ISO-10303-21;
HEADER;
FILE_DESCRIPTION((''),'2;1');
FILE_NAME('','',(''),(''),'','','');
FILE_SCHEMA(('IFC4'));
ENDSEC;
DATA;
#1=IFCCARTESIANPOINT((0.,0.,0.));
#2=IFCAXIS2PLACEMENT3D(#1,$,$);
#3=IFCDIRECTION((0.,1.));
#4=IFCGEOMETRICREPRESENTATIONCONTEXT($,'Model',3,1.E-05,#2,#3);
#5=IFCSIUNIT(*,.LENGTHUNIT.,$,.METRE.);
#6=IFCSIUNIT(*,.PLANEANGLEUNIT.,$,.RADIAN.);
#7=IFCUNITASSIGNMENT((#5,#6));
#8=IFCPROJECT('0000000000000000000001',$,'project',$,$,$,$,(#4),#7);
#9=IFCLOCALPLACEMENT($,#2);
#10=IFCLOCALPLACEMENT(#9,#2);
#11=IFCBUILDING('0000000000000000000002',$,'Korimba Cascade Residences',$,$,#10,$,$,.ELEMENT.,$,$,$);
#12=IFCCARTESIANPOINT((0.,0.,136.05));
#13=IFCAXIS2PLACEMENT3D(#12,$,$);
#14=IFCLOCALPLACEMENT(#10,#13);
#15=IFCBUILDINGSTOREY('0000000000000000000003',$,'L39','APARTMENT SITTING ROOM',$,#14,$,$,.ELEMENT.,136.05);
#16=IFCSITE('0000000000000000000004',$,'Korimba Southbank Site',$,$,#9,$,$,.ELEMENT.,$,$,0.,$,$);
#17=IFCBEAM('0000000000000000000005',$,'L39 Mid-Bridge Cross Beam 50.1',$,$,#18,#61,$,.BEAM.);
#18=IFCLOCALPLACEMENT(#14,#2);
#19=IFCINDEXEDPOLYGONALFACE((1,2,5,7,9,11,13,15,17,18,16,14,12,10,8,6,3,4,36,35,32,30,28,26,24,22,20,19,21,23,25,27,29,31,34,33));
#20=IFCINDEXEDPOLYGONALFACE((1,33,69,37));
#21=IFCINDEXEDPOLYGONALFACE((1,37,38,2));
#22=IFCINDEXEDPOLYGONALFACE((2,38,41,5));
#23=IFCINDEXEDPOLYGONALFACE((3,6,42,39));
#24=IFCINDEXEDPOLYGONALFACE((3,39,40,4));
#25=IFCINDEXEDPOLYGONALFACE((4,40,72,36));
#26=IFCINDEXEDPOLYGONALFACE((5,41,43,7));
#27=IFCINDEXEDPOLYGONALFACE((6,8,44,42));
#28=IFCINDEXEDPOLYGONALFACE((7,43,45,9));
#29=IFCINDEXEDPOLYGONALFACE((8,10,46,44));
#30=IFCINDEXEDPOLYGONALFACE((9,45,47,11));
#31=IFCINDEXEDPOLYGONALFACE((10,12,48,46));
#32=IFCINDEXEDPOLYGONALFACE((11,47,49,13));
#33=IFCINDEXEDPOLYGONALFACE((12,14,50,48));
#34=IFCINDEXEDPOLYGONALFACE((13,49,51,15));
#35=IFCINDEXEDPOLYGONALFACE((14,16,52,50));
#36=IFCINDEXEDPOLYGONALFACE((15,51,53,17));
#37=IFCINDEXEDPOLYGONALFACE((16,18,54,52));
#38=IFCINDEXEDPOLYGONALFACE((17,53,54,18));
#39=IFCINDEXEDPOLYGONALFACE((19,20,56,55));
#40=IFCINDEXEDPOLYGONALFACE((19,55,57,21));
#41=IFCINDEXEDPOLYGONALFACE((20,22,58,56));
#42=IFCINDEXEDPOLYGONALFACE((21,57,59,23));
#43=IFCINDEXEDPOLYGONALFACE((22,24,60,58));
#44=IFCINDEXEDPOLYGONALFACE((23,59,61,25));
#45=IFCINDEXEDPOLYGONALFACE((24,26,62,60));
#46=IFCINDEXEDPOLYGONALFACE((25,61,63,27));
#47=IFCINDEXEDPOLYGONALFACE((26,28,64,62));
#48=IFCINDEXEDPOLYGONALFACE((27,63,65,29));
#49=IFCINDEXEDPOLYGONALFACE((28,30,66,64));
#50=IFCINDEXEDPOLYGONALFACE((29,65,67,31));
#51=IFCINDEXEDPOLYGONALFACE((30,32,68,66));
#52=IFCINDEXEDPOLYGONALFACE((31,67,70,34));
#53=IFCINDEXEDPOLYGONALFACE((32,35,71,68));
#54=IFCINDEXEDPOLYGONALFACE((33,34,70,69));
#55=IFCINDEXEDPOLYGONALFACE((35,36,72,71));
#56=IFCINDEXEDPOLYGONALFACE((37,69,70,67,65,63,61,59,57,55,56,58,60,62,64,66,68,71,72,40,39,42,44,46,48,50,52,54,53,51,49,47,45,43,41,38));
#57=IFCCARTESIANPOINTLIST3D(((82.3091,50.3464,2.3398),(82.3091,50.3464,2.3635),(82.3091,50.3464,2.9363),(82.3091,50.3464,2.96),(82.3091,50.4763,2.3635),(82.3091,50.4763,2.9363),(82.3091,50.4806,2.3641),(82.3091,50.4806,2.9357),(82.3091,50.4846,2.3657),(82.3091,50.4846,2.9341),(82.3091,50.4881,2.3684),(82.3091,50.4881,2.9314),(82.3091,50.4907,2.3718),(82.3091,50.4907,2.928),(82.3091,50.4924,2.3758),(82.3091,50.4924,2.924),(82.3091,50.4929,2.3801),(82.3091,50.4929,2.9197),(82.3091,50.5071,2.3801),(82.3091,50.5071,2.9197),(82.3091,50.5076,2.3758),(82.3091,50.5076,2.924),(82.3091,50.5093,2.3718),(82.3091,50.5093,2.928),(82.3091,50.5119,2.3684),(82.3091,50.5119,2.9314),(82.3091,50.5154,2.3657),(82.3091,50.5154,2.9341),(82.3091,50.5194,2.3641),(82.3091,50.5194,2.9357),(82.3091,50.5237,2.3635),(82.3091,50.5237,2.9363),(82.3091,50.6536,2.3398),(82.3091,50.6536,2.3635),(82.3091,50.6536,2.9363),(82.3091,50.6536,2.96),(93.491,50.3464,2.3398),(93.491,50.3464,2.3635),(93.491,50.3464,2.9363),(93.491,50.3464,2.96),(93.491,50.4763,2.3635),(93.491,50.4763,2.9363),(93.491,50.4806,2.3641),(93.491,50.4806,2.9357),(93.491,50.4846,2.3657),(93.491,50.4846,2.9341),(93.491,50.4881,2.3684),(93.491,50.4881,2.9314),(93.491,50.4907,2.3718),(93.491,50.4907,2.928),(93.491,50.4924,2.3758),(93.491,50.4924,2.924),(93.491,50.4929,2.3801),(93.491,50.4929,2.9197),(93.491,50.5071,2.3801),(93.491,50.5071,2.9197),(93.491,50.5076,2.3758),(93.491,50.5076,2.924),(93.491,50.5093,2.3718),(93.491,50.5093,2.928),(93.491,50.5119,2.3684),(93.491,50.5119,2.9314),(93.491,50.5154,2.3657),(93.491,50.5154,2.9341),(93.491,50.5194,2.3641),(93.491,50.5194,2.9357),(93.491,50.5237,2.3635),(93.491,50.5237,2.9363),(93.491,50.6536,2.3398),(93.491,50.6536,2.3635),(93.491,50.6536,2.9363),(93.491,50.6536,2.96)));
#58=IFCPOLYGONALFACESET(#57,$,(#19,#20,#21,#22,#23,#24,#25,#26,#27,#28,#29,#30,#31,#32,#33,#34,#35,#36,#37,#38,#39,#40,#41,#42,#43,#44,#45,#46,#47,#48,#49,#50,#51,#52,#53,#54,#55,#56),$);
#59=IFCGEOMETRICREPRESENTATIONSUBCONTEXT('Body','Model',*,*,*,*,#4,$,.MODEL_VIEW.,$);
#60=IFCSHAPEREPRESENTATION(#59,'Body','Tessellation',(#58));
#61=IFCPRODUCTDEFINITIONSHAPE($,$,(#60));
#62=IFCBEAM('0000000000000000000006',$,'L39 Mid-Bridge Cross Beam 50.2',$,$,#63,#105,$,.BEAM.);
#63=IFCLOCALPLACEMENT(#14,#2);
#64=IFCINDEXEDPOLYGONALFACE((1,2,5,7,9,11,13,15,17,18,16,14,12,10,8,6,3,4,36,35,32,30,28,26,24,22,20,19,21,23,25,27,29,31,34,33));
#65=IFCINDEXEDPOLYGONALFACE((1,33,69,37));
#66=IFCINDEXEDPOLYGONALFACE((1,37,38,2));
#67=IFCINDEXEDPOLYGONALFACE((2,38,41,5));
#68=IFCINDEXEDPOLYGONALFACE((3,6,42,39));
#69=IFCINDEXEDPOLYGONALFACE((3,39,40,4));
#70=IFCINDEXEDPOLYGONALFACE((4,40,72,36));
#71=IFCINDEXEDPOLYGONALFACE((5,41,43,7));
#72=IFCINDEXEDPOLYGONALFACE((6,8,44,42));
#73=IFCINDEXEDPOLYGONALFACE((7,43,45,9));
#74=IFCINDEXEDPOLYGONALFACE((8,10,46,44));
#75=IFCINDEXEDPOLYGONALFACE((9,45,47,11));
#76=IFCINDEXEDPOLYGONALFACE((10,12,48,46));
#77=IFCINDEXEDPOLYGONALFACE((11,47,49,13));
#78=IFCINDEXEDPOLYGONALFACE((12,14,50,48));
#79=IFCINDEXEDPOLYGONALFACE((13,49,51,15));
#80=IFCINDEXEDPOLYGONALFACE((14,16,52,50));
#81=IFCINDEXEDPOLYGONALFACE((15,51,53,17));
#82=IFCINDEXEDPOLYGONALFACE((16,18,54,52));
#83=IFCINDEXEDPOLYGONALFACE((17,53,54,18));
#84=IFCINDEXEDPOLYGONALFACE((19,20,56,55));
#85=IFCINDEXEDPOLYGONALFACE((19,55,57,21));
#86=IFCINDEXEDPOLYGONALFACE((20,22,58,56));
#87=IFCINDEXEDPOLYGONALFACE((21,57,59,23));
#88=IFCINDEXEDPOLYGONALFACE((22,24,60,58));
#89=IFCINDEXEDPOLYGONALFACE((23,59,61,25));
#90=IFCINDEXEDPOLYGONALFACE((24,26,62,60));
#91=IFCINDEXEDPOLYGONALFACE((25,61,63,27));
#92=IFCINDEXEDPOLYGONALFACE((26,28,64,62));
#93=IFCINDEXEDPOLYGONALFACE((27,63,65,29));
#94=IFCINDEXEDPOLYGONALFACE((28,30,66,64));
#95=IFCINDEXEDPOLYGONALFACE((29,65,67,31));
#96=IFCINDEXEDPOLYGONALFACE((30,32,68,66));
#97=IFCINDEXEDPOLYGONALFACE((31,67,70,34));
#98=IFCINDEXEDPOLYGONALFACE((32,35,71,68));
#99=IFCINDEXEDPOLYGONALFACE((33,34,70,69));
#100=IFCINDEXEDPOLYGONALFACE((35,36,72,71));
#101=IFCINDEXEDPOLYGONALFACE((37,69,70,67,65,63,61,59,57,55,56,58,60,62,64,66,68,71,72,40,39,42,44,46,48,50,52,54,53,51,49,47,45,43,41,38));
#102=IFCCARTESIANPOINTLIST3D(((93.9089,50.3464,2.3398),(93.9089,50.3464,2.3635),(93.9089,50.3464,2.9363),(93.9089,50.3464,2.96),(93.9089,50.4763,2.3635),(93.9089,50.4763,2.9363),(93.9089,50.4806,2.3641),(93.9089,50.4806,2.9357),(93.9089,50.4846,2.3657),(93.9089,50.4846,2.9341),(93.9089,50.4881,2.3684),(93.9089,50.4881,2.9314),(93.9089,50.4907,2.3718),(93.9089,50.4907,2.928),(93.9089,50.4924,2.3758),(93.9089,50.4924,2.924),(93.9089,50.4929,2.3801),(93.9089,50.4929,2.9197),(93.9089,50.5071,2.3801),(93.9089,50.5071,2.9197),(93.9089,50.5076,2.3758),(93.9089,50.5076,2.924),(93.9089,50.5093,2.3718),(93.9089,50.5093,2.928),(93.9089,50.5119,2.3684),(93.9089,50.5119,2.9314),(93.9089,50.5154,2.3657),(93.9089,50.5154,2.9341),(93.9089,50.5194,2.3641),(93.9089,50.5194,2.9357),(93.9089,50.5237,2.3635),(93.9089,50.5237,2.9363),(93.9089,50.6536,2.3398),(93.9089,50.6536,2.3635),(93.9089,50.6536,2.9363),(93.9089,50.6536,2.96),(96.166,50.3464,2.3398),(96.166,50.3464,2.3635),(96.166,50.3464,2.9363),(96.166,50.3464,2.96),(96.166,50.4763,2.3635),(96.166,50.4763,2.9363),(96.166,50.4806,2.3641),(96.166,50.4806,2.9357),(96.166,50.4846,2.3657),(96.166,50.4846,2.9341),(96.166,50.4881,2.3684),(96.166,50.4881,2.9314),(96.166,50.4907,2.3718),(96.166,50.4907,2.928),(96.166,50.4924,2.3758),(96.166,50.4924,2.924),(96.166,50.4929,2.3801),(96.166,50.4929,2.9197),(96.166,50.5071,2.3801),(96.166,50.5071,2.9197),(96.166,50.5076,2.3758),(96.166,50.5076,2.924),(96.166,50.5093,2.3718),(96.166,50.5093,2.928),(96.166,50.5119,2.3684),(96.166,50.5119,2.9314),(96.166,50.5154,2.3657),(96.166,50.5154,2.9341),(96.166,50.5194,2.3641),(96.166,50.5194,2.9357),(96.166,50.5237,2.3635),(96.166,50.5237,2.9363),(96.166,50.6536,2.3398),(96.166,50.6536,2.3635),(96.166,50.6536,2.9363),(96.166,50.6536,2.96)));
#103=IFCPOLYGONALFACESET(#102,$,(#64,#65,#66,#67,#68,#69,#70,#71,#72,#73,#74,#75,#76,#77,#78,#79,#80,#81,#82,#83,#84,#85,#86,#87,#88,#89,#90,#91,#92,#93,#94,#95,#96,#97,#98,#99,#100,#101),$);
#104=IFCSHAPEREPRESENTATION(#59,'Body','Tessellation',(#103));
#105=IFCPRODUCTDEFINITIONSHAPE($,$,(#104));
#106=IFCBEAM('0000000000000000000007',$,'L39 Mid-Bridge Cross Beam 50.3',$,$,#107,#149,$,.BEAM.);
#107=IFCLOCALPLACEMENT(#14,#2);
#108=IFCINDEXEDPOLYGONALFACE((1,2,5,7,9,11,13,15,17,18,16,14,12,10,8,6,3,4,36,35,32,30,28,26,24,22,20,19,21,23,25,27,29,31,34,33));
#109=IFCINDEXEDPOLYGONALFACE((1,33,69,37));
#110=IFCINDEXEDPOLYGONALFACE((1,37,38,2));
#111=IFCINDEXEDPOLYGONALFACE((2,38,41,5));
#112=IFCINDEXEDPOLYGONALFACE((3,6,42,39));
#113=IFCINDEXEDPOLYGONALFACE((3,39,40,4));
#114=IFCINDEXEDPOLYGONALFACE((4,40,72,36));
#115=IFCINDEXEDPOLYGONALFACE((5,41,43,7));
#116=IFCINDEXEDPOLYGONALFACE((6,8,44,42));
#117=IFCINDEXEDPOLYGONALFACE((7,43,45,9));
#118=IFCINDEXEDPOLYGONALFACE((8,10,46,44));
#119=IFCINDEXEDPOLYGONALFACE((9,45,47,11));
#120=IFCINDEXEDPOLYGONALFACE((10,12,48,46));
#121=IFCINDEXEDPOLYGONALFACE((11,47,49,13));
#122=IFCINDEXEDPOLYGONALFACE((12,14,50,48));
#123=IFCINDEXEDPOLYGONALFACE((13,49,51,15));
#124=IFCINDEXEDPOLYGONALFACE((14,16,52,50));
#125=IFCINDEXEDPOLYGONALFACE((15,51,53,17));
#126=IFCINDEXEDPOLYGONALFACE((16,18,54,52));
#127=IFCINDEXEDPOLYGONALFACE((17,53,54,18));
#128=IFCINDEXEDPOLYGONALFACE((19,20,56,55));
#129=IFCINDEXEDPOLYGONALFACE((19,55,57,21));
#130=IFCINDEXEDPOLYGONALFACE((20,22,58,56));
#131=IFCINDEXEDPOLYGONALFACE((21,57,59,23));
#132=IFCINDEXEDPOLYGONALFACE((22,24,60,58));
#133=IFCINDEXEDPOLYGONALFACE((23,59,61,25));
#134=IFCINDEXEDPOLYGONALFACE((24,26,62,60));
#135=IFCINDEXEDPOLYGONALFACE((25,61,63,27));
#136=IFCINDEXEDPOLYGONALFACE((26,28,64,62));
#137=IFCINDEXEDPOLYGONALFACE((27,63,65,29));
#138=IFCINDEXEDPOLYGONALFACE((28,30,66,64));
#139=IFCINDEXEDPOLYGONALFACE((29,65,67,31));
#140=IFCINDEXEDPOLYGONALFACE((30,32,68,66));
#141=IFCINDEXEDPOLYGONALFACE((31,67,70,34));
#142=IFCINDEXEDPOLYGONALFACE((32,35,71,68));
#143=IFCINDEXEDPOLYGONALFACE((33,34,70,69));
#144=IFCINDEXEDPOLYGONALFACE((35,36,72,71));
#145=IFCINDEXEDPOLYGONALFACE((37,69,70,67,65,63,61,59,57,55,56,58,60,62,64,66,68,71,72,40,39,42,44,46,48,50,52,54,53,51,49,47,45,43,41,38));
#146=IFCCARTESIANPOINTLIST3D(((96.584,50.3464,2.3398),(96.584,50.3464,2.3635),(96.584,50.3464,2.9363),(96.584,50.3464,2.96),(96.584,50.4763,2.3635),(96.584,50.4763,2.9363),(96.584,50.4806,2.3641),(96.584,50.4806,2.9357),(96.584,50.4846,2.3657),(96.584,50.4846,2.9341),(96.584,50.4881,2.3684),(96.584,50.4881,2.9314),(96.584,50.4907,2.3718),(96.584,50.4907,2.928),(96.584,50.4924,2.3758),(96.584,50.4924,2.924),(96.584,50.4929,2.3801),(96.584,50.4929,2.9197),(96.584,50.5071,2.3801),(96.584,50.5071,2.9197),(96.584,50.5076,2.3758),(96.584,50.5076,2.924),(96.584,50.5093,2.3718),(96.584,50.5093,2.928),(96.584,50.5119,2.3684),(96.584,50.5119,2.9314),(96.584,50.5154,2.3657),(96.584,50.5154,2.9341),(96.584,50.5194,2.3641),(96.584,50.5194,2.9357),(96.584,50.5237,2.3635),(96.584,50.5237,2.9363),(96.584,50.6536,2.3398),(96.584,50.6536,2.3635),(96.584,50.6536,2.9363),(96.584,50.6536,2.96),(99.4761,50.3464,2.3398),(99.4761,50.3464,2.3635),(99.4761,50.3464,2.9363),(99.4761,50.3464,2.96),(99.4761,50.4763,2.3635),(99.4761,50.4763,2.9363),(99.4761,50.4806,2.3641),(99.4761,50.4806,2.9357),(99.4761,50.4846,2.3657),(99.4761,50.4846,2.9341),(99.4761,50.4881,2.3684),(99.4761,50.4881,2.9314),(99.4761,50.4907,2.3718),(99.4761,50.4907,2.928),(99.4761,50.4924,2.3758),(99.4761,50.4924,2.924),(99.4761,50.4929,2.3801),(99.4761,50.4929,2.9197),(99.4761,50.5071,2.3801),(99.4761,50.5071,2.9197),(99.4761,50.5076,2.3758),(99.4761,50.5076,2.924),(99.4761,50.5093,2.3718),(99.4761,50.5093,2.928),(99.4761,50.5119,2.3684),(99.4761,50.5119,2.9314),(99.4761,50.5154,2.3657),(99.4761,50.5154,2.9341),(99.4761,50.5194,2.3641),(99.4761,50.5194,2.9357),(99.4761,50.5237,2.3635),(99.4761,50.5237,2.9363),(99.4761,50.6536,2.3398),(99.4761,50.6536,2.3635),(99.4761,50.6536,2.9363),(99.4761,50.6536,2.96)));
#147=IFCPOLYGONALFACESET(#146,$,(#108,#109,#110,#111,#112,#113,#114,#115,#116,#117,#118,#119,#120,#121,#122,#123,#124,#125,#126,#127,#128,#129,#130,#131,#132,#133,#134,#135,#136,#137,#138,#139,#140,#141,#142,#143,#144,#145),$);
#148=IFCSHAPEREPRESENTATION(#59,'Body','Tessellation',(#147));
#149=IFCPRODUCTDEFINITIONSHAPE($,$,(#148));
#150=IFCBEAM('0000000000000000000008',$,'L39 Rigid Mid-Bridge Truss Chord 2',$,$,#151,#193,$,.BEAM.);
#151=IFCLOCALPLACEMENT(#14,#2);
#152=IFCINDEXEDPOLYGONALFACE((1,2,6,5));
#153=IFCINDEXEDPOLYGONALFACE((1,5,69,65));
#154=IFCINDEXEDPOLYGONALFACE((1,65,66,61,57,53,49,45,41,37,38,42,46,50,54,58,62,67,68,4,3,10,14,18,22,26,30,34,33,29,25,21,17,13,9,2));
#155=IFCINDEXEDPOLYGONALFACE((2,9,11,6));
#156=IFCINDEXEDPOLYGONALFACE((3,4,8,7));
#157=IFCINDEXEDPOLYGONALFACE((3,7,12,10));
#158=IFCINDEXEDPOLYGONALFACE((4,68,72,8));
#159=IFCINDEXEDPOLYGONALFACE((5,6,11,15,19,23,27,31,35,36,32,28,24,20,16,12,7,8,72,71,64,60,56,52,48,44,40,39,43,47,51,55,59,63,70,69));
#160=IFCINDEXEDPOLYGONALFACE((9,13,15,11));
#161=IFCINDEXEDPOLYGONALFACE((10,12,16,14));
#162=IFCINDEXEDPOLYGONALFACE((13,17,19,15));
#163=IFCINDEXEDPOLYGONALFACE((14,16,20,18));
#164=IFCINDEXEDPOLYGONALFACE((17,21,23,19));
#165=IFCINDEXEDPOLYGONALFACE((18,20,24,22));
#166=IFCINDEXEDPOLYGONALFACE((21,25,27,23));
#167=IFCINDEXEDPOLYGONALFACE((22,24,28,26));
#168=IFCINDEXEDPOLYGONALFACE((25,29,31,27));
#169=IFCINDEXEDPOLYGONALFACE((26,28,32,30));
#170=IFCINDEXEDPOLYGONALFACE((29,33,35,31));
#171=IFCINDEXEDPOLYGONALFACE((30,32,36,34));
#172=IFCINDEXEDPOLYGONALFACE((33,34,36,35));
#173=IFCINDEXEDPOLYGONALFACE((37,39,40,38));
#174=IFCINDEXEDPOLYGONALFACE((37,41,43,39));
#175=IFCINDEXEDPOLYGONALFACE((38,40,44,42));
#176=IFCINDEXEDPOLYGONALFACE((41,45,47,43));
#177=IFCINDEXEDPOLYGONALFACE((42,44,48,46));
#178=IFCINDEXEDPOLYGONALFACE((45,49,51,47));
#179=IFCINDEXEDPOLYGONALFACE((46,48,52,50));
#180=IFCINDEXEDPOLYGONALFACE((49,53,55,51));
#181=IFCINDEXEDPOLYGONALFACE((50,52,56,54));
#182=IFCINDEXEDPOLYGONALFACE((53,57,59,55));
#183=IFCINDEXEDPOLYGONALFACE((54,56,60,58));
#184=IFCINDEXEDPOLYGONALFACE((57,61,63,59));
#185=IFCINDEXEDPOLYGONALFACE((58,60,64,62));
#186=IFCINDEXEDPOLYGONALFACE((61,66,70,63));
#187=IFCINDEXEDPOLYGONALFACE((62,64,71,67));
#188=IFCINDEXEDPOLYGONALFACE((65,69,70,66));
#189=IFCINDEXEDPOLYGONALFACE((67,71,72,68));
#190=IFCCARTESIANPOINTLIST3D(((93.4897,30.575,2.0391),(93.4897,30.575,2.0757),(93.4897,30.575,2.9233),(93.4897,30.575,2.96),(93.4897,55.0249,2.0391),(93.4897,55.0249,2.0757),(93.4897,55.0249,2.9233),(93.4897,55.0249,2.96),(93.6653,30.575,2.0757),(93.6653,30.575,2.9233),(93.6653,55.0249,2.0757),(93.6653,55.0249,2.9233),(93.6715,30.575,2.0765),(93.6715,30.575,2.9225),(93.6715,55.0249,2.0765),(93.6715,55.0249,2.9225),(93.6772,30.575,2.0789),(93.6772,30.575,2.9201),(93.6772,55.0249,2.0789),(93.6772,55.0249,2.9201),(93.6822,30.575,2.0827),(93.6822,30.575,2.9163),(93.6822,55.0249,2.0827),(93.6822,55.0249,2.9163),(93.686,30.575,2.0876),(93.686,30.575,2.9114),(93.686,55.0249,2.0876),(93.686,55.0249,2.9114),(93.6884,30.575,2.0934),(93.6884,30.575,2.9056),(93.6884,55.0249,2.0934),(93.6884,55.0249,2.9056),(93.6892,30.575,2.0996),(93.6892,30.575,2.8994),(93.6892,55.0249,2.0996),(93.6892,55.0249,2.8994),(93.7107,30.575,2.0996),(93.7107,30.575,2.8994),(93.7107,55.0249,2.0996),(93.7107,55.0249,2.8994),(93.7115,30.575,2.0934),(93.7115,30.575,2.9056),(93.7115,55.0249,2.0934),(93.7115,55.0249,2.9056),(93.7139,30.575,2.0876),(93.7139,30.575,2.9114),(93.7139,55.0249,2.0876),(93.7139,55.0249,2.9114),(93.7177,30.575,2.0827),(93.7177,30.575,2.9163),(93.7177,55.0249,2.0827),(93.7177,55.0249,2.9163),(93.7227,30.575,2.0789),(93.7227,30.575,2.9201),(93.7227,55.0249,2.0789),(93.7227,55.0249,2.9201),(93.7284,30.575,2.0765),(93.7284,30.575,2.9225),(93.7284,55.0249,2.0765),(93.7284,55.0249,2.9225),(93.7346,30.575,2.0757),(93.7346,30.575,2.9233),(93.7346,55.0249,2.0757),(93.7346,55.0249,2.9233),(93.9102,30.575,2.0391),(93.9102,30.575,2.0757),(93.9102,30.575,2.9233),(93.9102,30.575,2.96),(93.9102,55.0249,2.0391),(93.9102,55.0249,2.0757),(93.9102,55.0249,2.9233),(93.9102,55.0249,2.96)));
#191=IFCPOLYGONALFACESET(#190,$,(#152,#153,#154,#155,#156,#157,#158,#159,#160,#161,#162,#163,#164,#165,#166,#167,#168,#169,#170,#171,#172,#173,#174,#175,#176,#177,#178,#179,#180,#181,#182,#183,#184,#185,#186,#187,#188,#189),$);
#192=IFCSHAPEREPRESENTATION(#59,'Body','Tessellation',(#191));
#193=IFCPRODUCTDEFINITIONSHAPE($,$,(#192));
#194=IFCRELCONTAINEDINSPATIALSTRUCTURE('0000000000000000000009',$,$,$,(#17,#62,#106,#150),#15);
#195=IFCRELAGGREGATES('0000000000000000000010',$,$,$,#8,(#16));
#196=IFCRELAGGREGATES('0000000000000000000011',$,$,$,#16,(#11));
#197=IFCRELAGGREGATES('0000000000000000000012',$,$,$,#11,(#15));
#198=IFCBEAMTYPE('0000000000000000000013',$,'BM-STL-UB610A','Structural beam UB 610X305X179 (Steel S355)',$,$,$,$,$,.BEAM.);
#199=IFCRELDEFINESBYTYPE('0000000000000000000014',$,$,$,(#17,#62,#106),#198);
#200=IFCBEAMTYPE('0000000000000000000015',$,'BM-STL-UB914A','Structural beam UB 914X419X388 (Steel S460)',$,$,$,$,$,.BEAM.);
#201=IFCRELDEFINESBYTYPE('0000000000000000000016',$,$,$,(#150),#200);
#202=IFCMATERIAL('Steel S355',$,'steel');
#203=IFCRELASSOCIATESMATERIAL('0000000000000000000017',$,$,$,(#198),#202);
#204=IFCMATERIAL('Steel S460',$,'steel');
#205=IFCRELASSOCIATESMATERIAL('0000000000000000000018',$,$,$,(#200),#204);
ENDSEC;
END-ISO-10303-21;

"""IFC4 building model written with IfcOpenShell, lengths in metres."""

from ifc_helpers import new_model, si_unit, direction, frame, origin, origin_2d, place, context, subcontext, project, spatial, i_section, extrude, material, material_profile, profile_set, type_object, element, save


model = new_model("IFC4")

# Units and contexts
model_context = context("Model", 3, precision=1e-05, world=origin(), true_north=direction((0.0, 1.0)))
body_context = subcontext(model_context, "Body", "Model", "MODEL_VIEW")
ifc_project = project(units=[si_unit("LENGTHUNIT", "METRE"), si_unit("PLANEANGLEUNIT", "RADIAN")], contexts=[model_context])

# Site, building, storey
site_placement = place(None, origin())
site = spatial("IfcSite", under=ifc_project, at=site_placement, Name="Korimba Southbank Site", CompositionType="ELEMENT", RefElevation=0.0)
building_placement = place(site_placement, origin())
building = spatial("IfcBuilding", under=site, at=building_placement, Name="Korimba Cascade Residences", CompositionType="ELEMENT")
storey_placement = place(building_placement, frame((0.0, 0.0, 136.05)))
storey = spatial("IfcBuildingStorey", under=building, at=storey_placement, Name="L39", Description="APARTMENT SITTING ROOM", CompositionType="ELEMENT", Elevation=136.05)

# Beams
ifc_material_1 = material(Name="Steel S355", Category="steel")
ifc_material_profile_1 = material_profile(ifc_material_1, i_section(OverallWidth=0.3071, OverallDepth=0.6201, WebThickness=0.0142, FlangeThickness=0.0237, FilletRadius=0.0166, at=origin_2d()), Name="Steel S355")
ifc_profile_set_1 = profile_set([ifc_material_profile_1], Name="Steel S355")
beam_type_1 = type_object("IfcBeamType", Name="BM-STL-UB610A", Description="Structural beam UB 610X305X179 (Steel S355)", PredefinedType="BEAM", material=ifc_profile_set_1)
beam_1_placement = place(storey_placement, frame((82.3091, 50.5, 2.6499), z_axis=(1.0, 0.0, 0.0), x_axis=(0.0, 1.0, 0.0)))
element("IfcBeam", 1, at=beam_1_placement, inside=storey, type_object=beam_type_1, Name="L39 Mid-Bridge Cross Beam 50.1", PredefinedType="BEAM", context=body_context, shape_type="SweptSolid", body=[
    extrude(i_section(OverallWidth=0.3071, OverallDepth=0.6201, WebThickness=0.0142, FlangeThickness=0.0237, FilletRadius=0.0166, at=origin_2d()), origin(), (0.0, 0.0, 1.0), 11.1819),
])
beam_2_placement = place(storey_placement, frame((93.9089, 50.5, 2.6499), z_axis=(1.0, 0.0, 0.0), x_axis=(0.0, 1.0, 0.0)))
element("IfcBeam", 2, at=beam_2_placement, inside=storey, type_object=beam_type_1, Name="L39 Mid-Bridge Cross Beam 50.2", PredefinedType="BEAM", context=body_context, shape_type="SweptSolid", body=[
    extrude(i_section(OverallWidth=0.3071, OverallDepth=0.6201, WebThickness=0.0142, FlangeThickness=0.0237, FilletRadius=0.0166, at=origin_2d()), origin(), (0.0, 0.0, 1.0), 2.2571),
])
beam_3_placement = place(storey_placement, frame((96.584, 50.5, 2.6499), z_axis=(1.0, 0.0, 0.0), x_axis=(0.0, 1.0, 0.0)))
element("IfcBeam", 3, at=beam_3_placement, inside=storey, type_object=beam_type_1, Name="L39 Mid-Bridge Cross Beam 50.3", PredefinedType="BEAM", context=body_context, shape_type="SweptSolid", body=[
    extrude(i_section(OverallWidth=0.3071, OverallDepth=0.6201, WebThickness=0.0142, FlangeThickness=0.0237, FilletRadius=0.0166, at=origin_2d()), origin(), (0.0, 0.0, 1.0), 2.8921),
])
ifc_material_2 = material(Name="Steel S460", Category="steel")
ifc_material_profile_2 = material_profile(ifc_material_2, i_section(OverallWidth=0.4204, OverallDepth=0.9209, WebThickness=0.0215, FlangeThickness=0.0366, FilletRadius=0.0239, at=origin_2d()), Name="Steel S460")
ifc_profile_set_2 = profile_set([ifc_material_profile_2], Name="Steel S460")
beam_type_2 = type_object("IfcBeamType", Name="BM-STL-UB914A", Description="Structural beam UB 914X419X388 (Steel S460)", PredefinedType="BEAM", material=ifc_profile_set_2)
for number, where, z_axis, x_axis, name in (
    (4, (93.7, 30.575, 2.4995), (0.0, 1.0, 0.0), (-1.0, 0.0, 0.0), "L39 Rigid Mid-Bridge Truss Chord 2"),
):
    element("IfcBeam", number, at=place(storey_placement, frame(where, z_axis=z_axis, x_axis=x_axis)), inside=storey, type_object=beam_type_2, Name=name, PredefinedType="BEAM", context=body_context, shape_type="SweptSolid", body=[
        extrude(i_section(OverallWidth=0.4204, OverallDepth=0.9209, WebThickness=0.0215, FlangeThickness=0.0366, FilletRadius=0.0239, at=origin_2d()), origin(), (0.0, 0.0, 1.0), 24.45),
    ])

save(model, "model.ifc")
